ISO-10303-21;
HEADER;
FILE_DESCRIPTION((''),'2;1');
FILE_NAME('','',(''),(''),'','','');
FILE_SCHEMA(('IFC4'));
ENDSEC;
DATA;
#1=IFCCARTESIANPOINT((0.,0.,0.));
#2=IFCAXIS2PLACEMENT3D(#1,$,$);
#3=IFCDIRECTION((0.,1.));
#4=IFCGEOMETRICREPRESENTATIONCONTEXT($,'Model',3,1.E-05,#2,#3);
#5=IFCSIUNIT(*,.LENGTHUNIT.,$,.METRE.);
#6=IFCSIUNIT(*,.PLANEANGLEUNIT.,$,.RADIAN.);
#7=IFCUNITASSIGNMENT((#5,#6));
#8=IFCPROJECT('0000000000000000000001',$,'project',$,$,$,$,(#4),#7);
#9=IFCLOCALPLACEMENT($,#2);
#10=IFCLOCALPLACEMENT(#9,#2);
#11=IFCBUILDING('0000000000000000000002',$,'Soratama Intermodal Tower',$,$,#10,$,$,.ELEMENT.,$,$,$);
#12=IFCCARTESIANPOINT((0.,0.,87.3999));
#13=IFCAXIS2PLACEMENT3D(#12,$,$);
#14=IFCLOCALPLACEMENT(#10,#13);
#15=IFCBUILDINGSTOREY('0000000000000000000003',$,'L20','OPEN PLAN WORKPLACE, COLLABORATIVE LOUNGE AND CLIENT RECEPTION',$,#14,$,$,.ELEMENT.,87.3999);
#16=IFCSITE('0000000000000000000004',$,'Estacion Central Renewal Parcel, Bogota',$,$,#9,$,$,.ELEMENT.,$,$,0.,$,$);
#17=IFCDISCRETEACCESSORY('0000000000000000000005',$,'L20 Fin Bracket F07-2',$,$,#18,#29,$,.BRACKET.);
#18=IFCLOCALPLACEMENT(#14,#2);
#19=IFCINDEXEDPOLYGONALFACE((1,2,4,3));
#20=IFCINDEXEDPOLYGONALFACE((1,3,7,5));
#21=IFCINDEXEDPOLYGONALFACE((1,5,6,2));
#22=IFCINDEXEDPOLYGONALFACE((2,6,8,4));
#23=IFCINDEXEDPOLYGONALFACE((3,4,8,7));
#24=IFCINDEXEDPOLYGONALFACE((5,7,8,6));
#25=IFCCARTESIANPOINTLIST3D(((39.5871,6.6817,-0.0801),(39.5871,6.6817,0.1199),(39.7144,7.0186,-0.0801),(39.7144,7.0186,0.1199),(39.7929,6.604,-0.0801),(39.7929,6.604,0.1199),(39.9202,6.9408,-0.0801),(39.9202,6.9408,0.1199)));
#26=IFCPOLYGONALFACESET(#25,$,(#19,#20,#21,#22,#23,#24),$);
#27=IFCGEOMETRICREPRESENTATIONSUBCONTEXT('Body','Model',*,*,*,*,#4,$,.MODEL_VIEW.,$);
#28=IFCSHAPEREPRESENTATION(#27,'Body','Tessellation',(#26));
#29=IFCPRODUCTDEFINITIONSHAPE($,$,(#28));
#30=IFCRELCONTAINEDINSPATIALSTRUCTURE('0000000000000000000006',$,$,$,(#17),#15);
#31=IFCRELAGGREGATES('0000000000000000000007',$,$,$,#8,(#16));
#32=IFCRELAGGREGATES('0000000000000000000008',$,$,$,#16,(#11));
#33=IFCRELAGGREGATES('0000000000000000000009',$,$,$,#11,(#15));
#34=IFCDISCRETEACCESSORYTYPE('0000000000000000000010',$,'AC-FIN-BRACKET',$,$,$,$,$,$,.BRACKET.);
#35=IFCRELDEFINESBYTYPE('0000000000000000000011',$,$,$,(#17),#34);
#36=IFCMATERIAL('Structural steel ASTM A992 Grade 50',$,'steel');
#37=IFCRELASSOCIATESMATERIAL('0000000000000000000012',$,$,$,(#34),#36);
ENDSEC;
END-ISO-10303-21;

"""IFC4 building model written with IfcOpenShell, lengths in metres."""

from ifc_helpers import new_model, si_unit, direction, frame, origin, origin_2d, place, context, subcontext, project, spatial, rectangle, extrude, material, type_object, element, save


model = new_model("IFC4")

# Units and contexts
model_context = context("Model", 3, precision=1e-05, world=origin(), true_north=direction((0.0, 1.0)))
body_context = subcontext(model_context, "Body", "Model", "MODEL_VIEW")
ifc_project = project(units=[si_unit("LENGTHUNIT", "METRE"), si_unit("PLANEANGLEUNIT", "RADIAN")], contexts=[model_context])

# Site, building, storey
site_placement = place(None, origin())
site = spatial("IfcSite", under=ifc_project, at=site_placement, Name="Estacion Central Renewal Parcel, Bogota", CompositionType="ELEMENT", RefElevation=0.0)
building_placement = place(site_placement, origin())
building = spatial("IfcBuilding", under=site, at=building_placement, Name="Soratama Intermodal Tower", CompositionType="ELEMENT")
storey_placement = place(building_placement, frame((0.0, 0.0, 87.3999)))
storey = spatial("IfcBuildingStorey", under=building, at=storey_placement, Name="L20", Description="OPEN PLAN WORKPLACE, COLLABORATIVE LOUNGE AND CLIENT RECEPTION", CompositionType="ELEMENT", Elevation=87.3999)

# Discrete accessory
ifc_material_1 = material(Name="Structural steel ASTM A992 Grade 50", Category="steel")
discrete_accessory_type = type_object("IfcDiscreteAccessoryType", Name="AC-FIN-BRACKET", PredefinedType="BRACKET", material=ifc_material_1)
discrete_accessory_placement = place(storey_placement, frame((39.7537, 6.8113, -0.0801), z_axis=(0.0, 0.0, 1.0), x_axis=(-0.353475, -0.935444, 0.0)))
element("IfcDiscreteAccessory", 1, at=discrete_accessory_placement, inside=storey, type_object=discrete_accessory_type, Name="L20 Fin Bracket F07-2", PredefinedType="BRACKET", context=body_context, shape_type="SweptSolid", body=[
    extrude(rectangle(XDim=0.3601, YDim=0.22, at=origin_2d()), origin(), (0.0, 0.0, 1.0), 0.2),
])

save(model, "model.ifc")
